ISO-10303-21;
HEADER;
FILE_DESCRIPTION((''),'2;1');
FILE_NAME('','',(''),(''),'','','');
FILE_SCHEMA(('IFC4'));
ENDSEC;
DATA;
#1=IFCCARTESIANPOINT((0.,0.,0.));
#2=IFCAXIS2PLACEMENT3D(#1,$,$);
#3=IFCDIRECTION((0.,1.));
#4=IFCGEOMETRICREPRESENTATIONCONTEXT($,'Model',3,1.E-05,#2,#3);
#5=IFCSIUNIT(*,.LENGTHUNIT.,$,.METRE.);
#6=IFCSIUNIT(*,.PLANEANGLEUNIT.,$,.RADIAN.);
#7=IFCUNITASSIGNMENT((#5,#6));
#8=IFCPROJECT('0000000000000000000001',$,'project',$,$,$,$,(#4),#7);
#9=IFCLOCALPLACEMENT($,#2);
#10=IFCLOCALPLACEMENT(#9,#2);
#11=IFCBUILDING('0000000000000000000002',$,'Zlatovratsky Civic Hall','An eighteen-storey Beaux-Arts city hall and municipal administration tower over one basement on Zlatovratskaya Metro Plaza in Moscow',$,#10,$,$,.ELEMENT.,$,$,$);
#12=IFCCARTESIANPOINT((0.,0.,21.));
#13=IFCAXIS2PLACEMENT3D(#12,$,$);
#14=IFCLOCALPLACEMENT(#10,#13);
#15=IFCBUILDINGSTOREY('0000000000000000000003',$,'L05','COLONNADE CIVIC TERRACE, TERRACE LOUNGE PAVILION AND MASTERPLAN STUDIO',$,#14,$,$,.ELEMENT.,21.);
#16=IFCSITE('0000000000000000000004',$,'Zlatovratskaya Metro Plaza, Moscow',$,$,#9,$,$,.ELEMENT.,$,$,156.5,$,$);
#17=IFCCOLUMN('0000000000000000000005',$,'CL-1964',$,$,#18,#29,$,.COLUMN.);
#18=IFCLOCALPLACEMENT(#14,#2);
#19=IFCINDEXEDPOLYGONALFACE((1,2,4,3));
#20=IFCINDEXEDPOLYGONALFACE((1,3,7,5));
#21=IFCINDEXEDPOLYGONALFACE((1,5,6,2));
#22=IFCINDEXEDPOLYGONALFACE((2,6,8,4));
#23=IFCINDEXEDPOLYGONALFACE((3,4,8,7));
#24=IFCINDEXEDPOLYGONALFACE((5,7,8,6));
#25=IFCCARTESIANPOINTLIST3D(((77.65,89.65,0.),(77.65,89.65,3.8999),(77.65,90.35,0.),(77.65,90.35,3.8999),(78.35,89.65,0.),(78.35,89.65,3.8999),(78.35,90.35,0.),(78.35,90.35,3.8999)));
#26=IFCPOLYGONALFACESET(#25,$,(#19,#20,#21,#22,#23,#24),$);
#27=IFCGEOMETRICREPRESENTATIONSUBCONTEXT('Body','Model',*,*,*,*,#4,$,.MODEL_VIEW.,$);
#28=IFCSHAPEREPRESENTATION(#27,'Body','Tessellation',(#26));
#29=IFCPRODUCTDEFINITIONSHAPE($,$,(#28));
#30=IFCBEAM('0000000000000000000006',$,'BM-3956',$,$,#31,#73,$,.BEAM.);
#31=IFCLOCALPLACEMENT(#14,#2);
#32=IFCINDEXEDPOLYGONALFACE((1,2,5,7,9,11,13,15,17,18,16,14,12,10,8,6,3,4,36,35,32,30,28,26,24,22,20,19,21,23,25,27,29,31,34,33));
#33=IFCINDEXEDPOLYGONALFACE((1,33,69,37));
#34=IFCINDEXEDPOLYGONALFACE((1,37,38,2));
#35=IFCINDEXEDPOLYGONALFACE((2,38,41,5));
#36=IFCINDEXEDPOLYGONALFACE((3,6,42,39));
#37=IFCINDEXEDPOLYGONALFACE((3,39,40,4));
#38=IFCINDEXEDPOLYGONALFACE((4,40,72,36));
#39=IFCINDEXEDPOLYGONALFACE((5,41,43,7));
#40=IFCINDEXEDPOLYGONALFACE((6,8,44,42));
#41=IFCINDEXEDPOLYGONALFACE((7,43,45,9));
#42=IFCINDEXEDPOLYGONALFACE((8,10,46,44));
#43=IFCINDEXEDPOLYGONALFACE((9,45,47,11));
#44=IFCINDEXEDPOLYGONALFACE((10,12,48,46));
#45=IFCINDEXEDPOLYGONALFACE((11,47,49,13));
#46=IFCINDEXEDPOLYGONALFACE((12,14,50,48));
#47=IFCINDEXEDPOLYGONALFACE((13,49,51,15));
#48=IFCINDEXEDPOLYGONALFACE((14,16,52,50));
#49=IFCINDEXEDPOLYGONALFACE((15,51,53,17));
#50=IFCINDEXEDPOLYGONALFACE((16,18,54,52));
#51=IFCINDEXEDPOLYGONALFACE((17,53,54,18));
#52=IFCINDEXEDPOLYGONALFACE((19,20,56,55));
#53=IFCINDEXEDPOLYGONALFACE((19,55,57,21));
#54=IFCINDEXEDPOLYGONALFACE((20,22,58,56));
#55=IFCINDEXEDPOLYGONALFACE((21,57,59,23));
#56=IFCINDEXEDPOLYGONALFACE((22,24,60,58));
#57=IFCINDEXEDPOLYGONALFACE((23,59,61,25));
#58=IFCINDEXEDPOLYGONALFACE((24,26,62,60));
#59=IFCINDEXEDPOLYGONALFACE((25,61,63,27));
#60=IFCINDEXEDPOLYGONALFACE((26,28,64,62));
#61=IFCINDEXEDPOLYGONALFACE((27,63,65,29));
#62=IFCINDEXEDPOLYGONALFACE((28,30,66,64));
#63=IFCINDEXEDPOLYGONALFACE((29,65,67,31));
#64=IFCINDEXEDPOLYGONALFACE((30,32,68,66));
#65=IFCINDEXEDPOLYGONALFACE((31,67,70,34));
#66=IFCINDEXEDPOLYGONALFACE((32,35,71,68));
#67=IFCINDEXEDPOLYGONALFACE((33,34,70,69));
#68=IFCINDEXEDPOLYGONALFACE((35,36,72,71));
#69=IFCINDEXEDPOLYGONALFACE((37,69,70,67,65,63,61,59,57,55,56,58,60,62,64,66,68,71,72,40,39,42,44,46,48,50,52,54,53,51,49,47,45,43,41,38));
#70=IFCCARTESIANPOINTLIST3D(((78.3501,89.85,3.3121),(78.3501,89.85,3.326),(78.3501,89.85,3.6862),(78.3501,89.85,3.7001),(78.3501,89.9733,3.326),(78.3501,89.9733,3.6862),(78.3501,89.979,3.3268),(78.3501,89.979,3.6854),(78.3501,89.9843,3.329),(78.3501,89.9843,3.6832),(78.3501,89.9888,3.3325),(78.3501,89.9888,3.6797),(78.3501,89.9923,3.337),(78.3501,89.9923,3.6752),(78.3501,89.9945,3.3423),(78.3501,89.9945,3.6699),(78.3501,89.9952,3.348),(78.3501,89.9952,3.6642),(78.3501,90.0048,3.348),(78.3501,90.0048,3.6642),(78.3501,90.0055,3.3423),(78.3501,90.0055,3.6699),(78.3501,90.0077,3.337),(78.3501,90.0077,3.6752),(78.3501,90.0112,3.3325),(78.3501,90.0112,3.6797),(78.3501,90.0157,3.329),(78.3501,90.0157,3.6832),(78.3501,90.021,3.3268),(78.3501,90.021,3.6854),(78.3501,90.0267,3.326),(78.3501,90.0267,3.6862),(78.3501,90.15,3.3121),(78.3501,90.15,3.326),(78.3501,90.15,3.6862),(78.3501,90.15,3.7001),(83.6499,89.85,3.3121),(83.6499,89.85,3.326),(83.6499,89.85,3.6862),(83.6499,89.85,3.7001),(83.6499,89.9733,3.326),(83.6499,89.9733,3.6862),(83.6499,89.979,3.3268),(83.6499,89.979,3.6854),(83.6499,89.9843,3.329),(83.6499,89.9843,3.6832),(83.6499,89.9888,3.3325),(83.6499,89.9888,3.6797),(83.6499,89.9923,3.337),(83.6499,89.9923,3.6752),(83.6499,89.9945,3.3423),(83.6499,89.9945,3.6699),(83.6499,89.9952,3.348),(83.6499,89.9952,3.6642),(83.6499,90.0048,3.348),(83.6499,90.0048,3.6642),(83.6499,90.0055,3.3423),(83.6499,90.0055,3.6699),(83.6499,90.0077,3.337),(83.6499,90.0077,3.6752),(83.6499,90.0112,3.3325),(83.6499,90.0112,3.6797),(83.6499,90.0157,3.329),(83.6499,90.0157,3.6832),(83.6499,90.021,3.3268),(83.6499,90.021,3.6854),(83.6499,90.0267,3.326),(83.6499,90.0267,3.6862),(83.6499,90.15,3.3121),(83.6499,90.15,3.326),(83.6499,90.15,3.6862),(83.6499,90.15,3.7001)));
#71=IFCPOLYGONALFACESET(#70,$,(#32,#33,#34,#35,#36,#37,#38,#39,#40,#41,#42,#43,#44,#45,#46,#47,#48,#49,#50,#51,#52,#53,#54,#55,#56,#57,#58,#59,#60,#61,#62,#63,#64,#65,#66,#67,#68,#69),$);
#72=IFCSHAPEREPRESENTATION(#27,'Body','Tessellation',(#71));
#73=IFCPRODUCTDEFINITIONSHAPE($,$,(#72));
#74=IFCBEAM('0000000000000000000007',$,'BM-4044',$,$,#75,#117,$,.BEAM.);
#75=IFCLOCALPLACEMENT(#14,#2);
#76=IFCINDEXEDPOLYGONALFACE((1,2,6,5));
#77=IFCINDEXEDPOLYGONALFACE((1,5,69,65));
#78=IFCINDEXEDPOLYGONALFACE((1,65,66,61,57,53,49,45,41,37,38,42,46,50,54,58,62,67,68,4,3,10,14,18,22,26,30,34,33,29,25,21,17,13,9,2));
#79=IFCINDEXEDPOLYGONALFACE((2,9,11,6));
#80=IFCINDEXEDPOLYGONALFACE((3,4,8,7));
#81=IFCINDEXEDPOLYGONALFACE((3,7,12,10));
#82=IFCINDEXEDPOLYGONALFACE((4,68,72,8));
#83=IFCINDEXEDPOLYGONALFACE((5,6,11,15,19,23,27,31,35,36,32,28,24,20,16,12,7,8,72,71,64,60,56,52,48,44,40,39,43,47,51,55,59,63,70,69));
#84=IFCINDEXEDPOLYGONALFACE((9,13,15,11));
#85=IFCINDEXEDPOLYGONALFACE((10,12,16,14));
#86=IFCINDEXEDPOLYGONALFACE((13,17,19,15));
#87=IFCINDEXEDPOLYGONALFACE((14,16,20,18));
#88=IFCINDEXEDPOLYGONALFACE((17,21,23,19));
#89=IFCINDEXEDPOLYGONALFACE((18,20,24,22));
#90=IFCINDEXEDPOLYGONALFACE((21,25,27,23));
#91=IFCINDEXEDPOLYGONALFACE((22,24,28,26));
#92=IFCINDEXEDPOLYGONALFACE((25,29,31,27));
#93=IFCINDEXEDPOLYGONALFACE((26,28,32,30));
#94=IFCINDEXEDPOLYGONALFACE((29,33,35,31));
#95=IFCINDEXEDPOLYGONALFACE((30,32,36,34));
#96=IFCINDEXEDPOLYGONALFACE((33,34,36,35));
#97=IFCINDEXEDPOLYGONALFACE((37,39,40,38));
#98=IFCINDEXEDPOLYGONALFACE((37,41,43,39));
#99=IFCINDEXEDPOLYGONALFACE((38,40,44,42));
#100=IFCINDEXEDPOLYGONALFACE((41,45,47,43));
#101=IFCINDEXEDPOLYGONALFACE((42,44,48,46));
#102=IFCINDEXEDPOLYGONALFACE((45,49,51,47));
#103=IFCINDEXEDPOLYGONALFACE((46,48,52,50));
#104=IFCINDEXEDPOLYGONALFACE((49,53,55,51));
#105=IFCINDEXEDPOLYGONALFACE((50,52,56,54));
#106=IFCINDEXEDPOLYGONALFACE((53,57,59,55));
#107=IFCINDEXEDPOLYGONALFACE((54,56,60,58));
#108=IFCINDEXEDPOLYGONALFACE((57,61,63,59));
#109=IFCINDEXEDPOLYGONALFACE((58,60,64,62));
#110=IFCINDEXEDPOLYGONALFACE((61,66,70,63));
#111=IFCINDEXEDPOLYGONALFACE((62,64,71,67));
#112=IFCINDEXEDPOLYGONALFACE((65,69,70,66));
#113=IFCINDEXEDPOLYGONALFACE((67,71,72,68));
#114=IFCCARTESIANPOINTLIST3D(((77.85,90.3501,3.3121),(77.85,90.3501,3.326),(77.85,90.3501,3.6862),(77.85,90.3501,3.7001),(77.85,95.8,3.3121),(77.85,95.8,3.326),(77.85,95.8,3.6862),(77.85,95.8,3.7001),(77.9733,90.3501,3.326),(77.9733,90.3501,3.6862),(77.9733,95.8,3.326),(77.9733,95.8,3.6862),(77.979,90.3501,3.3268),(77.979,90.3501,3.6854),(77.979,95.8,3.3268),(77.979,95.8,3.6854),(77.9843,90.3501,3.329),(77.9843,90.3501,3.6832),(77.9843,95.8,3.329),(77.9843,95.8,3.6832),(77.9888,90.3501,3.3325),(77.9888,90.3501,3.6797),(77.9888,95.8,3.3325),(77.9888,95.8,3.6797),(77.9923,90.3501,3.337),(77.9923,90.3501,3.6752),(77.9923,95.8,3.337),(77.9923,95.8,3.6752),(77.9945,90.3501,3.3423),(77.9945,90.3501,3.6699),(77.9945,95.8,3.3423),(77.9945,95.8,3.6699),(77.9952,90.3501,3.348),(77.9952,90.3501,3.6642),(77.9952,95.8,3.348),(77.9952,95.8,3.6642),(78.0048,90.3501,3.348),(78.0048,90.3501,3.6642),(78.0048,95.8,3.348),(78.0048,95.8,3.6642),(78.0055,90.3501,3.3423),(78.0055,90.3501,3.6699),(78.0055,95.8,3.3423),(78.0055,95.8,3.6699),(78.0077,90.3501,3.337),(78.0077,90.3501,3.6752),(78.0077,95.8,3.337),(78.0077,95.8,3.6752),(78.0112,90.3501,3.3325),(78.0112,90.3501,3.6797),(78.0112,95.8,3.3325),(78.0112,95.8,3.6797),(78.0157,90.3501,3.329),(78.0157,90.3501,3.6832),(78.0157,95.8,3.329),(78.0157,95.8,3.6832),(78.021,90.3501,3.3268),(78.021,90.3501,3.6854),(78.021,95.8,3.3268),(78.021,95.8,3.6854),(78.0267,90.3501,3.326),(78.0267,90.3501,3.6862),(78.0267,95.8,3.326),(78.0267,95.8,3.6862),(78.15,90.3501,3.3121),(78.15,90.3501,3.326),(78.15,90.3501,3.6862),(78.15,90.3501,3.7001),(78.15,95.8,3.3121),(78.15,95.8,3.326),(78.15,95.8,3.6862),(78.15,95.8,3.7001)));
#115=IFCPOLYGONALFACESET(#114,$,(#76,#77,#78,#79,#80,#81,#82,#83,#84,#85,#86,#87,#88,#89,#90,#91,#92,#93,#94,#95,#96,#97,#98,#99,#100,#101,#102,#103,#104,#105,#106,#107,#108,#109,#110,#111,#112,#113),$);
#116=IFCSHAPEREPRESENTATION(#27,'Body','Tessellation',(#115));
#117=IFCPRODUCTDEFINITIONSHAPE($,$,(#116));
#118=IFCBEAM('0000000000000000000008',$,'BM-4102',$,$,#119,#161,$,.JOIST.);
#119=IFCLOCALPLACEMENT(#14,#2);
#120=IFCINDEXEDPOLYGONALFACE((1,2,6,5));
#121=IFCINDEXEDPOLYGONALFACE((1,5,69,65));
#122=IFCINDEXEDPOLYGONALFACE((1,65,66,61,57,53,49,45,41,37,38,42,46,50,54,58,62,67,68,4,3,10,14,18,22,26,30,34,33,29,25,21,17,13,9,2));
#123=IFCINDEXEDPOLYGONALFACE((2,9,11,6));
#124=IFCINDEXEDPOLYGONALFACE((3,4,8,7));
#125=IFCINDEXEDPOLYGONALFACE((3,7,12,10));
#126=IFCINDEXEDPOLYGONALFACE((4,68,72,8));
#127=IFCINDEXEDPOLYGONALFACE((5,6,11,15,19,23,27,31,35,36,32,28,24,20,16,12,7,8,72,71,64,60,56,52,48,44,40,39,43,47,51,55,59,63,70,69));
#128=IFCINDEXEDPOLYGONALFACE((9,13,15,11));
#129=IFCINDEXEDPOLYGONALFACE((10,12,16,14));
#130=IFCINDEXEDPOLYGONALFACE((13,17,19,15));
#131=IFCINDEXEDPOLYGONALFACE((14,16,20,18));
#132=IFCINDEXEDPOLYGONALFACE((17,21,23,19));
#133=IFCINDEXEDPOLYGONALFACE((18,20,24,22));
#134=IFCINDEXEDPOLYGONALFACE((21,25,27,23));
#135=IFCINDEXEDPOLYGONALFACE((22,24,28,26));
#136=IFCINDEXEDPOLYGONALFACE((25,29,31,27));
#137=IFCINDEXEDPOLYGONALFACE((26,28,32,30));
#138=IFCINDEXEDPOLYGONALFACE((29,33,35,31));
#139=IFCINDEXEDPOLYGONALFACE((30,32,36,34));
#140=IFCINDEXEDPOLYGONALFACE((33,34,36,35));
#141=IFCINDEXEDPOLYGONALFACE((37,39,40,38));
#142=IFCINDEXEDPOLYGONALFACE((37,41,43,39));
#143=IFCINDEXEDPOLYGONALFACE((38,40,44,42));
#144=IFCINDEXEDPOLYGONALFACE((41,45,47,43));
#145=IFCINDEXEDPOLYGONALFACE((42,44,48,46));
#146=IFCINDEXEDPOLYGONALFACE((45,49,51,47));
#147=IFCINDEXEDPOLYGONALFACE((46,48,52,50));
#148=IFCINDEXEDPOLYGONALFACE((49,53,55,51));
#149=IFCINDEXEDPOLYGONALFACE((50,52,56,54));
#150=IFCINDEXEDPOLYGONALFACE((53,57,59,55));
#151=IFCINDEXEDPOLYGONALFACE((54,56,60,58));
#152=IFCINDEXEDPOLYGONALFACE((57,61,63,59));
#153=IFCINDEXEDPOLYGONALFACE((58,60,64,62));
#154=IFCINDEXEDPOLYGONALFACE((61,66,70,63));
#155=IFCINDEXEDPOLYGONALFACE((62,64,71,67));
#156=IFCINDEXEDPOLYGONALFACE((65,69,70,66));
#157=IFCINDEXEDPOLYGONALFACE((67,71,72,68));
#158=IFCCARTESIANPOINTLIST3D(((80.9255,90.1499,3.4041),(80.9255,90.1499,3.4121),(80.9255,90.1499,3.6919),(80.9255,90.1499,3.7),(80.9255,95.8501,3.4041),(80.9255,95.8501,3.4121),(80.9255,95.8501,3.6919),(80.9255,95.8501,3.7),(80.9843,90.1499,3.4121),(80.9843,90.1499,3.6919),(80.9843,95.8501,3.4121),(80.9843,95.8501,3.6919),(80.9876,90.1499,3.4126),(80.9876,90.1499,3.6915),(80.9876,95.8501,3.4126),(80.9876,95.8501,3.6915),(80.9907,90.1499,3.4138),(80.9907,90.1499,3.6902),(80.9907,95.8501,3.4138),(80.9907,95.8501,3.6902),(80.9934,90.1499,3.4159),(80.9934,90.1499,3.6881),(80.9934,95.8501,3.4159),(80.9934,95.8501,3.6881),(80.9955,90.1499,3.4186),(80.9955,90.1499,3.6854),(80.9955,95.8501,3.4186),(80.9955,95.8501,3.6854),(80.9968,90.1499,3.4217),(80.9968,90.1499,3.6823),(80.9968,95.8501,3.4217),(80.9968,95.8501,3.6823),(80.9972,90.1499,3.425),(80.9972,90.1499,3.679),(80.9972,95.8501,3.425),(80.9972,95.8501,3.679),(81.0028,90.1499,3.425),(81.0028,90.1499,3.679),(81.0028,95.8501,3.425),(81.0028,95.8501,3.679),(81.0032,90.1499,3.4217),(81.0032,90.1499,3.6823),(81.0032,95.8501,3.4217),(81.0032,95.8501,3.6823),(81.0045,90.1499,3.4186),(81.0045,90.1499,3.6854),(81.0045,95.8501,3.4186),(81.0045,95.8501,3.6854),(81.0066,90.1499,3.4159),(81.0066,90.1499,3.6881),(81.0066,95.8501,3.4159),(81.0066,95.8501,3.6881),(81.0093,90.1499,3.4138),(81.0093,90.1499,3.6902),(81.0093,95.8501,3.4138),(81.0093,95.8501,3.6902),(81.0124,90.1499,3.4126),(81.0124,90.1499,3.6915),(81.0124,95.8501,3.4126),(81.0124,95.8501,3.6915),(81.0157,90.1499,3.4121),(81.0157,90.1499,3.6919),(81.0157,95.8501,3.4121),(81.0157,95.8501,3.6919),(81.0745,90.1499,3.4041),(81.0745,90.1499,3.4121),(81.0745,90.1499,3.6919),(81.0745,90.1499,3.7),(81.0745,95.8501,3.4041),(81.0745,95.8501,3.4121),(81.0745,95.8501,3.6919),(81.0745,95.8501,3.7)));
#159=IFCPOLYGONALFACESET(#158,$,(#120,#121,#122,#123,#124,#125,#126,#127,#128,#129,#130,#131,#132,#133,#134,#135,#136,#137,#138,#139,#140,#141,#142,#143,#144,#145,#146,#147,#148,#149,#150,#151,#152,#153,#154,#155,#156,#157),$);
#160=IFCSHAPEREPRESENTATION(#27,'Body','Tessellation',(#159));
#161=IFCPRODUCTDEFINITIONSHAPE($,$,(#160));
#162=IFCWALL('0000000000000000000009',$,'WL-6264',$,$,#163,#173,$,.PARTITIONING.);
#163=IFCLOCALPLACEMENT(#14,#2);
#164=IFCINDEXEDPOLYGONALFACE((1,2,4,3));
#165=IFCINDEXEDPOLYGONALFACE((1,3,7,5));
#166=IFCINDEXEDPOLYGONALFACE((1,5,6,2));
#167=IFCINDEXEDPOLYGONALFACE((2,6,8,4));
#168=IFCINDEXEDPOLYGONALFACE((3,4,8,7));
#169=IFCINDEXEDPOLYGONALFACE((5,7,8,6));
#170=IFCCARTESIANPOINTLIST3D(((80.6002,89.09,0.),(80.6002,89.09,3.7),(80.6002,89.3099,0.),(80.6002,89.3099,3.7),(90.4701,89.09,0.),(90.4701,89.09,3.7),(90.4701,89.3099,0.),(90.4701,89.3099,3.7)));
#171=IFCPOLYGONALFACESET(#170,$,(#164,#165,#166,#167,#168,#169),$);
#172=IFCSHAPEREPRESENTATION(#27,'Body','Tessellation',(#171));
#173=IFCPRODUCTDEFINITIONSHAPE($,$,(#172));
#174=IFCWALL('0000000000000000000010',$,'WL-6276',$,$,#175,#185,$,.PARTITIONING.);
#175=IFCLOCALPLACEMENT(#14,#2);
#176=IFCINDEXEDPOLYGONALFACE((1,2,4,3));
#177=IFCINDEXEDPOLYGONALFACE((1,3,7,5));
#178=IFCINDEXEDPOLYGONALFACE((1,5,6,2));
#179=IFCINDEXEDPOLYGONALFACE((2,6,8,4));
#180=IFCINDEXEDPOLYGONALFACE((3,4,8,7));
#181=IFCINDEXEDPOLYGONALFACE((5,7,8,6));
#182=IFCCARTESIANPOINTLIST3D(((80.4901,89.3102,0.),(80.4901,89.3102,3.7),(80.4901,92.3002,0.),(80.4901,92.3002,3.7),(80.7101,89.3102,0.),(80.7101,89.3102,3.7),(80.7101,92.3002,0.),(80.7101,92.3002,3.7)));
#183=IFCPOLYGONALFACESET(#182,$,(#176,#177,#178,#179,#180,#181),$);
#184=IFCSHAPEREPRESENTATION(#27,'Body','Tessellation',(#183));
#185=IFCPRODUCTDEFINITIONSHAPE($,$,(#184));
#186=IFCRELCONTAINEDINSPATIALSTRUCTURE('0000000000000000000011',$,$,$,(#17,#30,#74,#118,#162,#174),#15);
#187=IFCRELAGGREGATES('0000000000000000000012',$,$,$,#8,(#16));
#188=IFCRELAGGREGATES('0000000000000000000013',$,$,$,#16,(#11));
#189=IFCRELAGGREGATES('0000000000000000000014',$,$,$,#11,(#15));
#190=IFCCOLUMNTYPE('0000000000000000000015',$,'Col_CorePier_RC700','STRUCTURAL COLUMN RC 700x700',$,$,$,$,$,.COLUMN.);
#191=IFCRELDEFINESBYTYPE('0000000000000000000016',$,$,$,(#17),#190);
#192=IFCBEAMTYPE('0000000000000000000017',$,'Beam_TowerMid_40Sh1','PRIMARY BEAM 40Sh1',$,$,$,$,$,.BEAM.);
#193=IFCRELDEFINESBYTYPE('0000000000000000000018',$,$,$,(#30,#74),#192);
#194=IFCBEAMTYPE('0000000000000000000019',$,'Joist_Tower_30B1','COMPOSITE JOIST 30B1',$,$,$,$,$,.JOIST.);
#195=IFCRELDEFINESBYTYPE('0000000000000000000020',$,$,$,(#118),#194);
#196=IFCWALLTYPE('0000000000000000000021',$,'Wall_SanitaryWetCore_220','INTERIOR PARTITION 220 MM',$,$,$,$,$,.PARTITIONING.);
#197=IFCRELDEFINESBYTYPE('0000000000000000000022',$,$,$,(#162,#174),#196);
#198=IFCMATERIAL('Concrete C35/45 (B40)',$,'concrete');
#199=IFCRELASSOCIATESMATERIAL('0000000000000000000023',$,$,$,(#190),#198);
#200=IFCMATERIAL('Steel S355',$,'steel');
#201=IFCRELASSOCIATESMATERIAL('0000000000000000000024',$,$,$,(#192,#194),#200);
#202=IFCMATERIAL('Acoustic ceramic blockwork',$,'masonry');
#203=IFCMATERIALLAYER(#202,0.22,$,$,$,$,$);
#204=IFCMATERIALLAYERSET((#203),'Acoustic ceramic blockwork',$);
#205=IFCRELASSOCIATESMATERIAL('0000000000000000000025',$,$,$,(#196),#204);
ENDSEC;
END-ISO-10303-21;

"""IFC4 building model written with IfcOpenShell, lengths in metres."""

from ifc_helpers import new_model, si_unit, direction, frame, frame_2d, origin, origin_2d, place, context, subcontext, project, spatial, rectangle, i_section, extrude, material, layer, layer_set, material_profile, profile_set, type_object, element, save


model = new_model("IFC4")

# Units and contexts
model_context = context("Model", 3, precision=1e-05, world=origin(), true_north=direction((0.0, 1.0)))
body_context = subcontext(model_context, "Body", "Model", "MODEL_VIEW")
ifc_project = project(units=[si_unit("LENGTHUNIT", "METRE"), si_unit("PLANEANGLEUNIT", "RADIAN")], contexts=[model_context])

# Site, building, storey
site_placement = place(None, origin())
site = spatial("IfcSite", under=ifc_project, at=site_placement, Name="Zlatovratskaya Metro Plaza, Moscow", CompositionType="ELEMENT", RefElevation=156.5)
building_placement = place(site_placement, origin())
building = spatial("IfcBuilding", under=site, at=building_placement, Name="Zlatovratsky Civic Hall", Description="An eighteen-storey Beaux-Arts city hall and municipal administration tower over one basement on Zlatovratskaya Metro Plaza in Moscow", CompositionType="ELEMENT")
storey_placement = place(building_placement, frame((0.0, 0.0, 21.0)))
storey = spatial("IfcBuildingStorey", under=building, at=storey_placement, Name="L05", Description="COLONNADE CIVIC TERRACE, TERRACE LOUNGE PAVILION AND MASTERPLAN STUDIO", CompositionType="ELEMENT", Elevation=21.0)

# Column
ifc_material_1 = material(Name="Concrete C35/45 (B40)", Category="concrete")
ifc_material_profile_1 = material_profile(ifc_material_1, rectangle(XDim=0.7, YDim=0.7, at=origin_2d()), Name="RC 700x700")
ifc_profile_set_1 = profile_set([ifc_material_profile_1], Name="Concrete C35/45 (B40)")
column_type = type_object("IfcColumnType", Name="Col_CorePier_RC700", Description="STRUCTURAL COLUMN RC 700x700", PredefinedType="COLUMN", material=ifc_profile_set_1)
column_placement = place(storey_placement, frame((78.0, 90.0, 0.0), z_axis=(0.0, 0.0, 1.0), x_axis=(1.0, 0.0, 0.0)))
element("IfcColumn", 1, at=column_placement, inside=storey, type_object=column_type, Name="CL-1964", PredefinedType="COLUMN", context=body_context, shape_type="SweptSolid", body=[
    extrude(rectangle(XDim=0.7, YDim=0.7, at=origin_2d()), origin(), (0.0, 0.0, 1.0), 3.8999),
])

# Beams
ifc_material_2 = material(Name="Steel S355", Category="steel")
ifc_material_profile_2 = material_profile(ifc_material_2, i_section(OverallWidth=0.3, OverallDepth=0.3879, WebThickness=0.0095, FlangeThickness=0.0139, FilletRadius=0.022, at=origin_2d()), Name="40Sh1")
ifc_profile_set_2 = profile_set([ifc_material_profile_2], Name="Steel S355")
beam_type_1 = type_object("IfcBeamType", Name="Beam_TowerMid_40Sh1", Description="PRIMARY BEAM 40Sh1", PredefinedType="BEAM", material=ifc_profile_set_2)
beam_1_placement = place(storey_placement, frame((78.3501, 90.0, 3.5061), z_axis=(1.0, 0.0, 0.0), x_axis=(0.0, 1.0, 0.0)))
element("IfcBeam", 2, at=beam_1_placement, inside=storey, type_object=beam_type_1, Name="BM-3956", PredefinedType="BEAM", context=body_context, shape_type="SweptSolid", body=[
    extrude(i_section(OverallWidth=0.3, OverallDepth=0.3879, WebThickness=0.0095, FlangeThickness=0.0139, FilletRadius=0.022, at=origin_2d()), origin(), (0.0, 0.0, 1.0), 5.2998),
])
beam_2_placement = place(storey_placement, frame((78.0, 90.3501, 3.5061), z_axis=(0.0, 1.0, 0.0), x_axis=(-1.0, 0.0, 0.0)))
element("IfcBeam", 3, at=beam_2_placement, inside=storey, type_object=beam_type_1, Name="BM-4044", PredefinedType="BEAM", context=body_context, shape_type="SweptSolid", body=[
    extrude(i_section(OverallWidth=0.3, OverallDepth=0.3879, WebThickness=0.0095, FlangeThickness=0.0139, FilletRadius=0.022, at=origin_2d()), origin(), (0.0, 0.0, 1.0), 5.45),
])
ifc_material_profile_3 = material_profile(ifc_material_2, i_section(OverallWidth=0.1489, OverallDepth=0.2959, WebThickness=0.0056, FlangeThickness=0.0081, FilletRadius=0.0129, at=origin_2d()), Name="30B1")
ifc_profile_set_3 = profile_set([ifc_material_profile_3], Name="Steel S355")
beam_type_2 = type_object("IfcBeamType", Name="Joist_Tower_30B1", Description="COMPOSITE JOIST 30B1", PredefinedType="JOIST", material=ifc_profile_set_3)
beam_3_placement = place(storey_placement, frame((81.0, 90.1499, 3.552), z_axis=(0.0, 1.0, 0.0), x_axis=(-1.0, 0.0, 0.0)))
element("IfcBeam", 4, at=beam_3_placement, inside=storey, type_object=beam_type_2, Name="BM-4102", PredefinedType="JOIST", context=body_context, shape_type="SweptSolid", body=[
    extrude(i_section(OverallWidth=0.1489, OverallDepth=0.2959, WebThickness=0.0056, FlangeThickness=0.0081, FilletRadius=0.0129, at=origin_2d()), origin(), (0.0, 0.0, 1.0), 5.7002),
])

# Walls
ifc_material_3 = material(Name="Acoustic ceramic blockwork", Category="masonry")
ifc_layer_1 = layer(ifc_material_3, 0.22)
ifc_layer_set_1 = layer_set([ifc_layer_1], Name="Acoustic ceramic blockwork")
wall_type_1 = type_object("IfcWallType", Name="Wall_SanitaryWetCore_220", Description="INTERIOR PARTITION 220 MM", PredefinedType="PARTITIONING", material=ifc_layer_set_1)
wall_1_placement = place(storey_placement, frame((80.6001, 89.2, 0.0), z_axis=(0.0, 0.0, 1.0), x_axis=(1.0, 0.0, 0.0)))
element("IfcWall", 5, at=wall_1_placement, inside=storey, type_object=wall_type_1, Name="WL-6264", PredefinedType="PARTITIONING", context=body_context, shape_type="SweptSolid", body=[
    extrude(rectangle(XDim=9.8699, YDim=0.22, at=frame_2d((4.9351, 0.0))), origin(), (0.0, 0.0, 1.0), 3.7),
])
wall_2_placement = place(storey_placement, frame((80.6001, 89.3101, 0.0), z_axis=(0.0, 0.0, 1.0), x_axis=(0.0, 1.0, 0.0)))
element("IfcWall", 6, at=wall_2_placement, inside=storey, type_object=wall_type_1, Name="WL-6276", PredefinedType="PARTITIONING", context=body_context, shape_type="SweptSolid", body=[
    extrude(rectangle(XDim=2.99, YDim=0.22, at=frame_2d((1.4951, 0.0))), origin(), (0.0, 0.0, 1.0), 3.7),
])

save(model, "model.ifc")
